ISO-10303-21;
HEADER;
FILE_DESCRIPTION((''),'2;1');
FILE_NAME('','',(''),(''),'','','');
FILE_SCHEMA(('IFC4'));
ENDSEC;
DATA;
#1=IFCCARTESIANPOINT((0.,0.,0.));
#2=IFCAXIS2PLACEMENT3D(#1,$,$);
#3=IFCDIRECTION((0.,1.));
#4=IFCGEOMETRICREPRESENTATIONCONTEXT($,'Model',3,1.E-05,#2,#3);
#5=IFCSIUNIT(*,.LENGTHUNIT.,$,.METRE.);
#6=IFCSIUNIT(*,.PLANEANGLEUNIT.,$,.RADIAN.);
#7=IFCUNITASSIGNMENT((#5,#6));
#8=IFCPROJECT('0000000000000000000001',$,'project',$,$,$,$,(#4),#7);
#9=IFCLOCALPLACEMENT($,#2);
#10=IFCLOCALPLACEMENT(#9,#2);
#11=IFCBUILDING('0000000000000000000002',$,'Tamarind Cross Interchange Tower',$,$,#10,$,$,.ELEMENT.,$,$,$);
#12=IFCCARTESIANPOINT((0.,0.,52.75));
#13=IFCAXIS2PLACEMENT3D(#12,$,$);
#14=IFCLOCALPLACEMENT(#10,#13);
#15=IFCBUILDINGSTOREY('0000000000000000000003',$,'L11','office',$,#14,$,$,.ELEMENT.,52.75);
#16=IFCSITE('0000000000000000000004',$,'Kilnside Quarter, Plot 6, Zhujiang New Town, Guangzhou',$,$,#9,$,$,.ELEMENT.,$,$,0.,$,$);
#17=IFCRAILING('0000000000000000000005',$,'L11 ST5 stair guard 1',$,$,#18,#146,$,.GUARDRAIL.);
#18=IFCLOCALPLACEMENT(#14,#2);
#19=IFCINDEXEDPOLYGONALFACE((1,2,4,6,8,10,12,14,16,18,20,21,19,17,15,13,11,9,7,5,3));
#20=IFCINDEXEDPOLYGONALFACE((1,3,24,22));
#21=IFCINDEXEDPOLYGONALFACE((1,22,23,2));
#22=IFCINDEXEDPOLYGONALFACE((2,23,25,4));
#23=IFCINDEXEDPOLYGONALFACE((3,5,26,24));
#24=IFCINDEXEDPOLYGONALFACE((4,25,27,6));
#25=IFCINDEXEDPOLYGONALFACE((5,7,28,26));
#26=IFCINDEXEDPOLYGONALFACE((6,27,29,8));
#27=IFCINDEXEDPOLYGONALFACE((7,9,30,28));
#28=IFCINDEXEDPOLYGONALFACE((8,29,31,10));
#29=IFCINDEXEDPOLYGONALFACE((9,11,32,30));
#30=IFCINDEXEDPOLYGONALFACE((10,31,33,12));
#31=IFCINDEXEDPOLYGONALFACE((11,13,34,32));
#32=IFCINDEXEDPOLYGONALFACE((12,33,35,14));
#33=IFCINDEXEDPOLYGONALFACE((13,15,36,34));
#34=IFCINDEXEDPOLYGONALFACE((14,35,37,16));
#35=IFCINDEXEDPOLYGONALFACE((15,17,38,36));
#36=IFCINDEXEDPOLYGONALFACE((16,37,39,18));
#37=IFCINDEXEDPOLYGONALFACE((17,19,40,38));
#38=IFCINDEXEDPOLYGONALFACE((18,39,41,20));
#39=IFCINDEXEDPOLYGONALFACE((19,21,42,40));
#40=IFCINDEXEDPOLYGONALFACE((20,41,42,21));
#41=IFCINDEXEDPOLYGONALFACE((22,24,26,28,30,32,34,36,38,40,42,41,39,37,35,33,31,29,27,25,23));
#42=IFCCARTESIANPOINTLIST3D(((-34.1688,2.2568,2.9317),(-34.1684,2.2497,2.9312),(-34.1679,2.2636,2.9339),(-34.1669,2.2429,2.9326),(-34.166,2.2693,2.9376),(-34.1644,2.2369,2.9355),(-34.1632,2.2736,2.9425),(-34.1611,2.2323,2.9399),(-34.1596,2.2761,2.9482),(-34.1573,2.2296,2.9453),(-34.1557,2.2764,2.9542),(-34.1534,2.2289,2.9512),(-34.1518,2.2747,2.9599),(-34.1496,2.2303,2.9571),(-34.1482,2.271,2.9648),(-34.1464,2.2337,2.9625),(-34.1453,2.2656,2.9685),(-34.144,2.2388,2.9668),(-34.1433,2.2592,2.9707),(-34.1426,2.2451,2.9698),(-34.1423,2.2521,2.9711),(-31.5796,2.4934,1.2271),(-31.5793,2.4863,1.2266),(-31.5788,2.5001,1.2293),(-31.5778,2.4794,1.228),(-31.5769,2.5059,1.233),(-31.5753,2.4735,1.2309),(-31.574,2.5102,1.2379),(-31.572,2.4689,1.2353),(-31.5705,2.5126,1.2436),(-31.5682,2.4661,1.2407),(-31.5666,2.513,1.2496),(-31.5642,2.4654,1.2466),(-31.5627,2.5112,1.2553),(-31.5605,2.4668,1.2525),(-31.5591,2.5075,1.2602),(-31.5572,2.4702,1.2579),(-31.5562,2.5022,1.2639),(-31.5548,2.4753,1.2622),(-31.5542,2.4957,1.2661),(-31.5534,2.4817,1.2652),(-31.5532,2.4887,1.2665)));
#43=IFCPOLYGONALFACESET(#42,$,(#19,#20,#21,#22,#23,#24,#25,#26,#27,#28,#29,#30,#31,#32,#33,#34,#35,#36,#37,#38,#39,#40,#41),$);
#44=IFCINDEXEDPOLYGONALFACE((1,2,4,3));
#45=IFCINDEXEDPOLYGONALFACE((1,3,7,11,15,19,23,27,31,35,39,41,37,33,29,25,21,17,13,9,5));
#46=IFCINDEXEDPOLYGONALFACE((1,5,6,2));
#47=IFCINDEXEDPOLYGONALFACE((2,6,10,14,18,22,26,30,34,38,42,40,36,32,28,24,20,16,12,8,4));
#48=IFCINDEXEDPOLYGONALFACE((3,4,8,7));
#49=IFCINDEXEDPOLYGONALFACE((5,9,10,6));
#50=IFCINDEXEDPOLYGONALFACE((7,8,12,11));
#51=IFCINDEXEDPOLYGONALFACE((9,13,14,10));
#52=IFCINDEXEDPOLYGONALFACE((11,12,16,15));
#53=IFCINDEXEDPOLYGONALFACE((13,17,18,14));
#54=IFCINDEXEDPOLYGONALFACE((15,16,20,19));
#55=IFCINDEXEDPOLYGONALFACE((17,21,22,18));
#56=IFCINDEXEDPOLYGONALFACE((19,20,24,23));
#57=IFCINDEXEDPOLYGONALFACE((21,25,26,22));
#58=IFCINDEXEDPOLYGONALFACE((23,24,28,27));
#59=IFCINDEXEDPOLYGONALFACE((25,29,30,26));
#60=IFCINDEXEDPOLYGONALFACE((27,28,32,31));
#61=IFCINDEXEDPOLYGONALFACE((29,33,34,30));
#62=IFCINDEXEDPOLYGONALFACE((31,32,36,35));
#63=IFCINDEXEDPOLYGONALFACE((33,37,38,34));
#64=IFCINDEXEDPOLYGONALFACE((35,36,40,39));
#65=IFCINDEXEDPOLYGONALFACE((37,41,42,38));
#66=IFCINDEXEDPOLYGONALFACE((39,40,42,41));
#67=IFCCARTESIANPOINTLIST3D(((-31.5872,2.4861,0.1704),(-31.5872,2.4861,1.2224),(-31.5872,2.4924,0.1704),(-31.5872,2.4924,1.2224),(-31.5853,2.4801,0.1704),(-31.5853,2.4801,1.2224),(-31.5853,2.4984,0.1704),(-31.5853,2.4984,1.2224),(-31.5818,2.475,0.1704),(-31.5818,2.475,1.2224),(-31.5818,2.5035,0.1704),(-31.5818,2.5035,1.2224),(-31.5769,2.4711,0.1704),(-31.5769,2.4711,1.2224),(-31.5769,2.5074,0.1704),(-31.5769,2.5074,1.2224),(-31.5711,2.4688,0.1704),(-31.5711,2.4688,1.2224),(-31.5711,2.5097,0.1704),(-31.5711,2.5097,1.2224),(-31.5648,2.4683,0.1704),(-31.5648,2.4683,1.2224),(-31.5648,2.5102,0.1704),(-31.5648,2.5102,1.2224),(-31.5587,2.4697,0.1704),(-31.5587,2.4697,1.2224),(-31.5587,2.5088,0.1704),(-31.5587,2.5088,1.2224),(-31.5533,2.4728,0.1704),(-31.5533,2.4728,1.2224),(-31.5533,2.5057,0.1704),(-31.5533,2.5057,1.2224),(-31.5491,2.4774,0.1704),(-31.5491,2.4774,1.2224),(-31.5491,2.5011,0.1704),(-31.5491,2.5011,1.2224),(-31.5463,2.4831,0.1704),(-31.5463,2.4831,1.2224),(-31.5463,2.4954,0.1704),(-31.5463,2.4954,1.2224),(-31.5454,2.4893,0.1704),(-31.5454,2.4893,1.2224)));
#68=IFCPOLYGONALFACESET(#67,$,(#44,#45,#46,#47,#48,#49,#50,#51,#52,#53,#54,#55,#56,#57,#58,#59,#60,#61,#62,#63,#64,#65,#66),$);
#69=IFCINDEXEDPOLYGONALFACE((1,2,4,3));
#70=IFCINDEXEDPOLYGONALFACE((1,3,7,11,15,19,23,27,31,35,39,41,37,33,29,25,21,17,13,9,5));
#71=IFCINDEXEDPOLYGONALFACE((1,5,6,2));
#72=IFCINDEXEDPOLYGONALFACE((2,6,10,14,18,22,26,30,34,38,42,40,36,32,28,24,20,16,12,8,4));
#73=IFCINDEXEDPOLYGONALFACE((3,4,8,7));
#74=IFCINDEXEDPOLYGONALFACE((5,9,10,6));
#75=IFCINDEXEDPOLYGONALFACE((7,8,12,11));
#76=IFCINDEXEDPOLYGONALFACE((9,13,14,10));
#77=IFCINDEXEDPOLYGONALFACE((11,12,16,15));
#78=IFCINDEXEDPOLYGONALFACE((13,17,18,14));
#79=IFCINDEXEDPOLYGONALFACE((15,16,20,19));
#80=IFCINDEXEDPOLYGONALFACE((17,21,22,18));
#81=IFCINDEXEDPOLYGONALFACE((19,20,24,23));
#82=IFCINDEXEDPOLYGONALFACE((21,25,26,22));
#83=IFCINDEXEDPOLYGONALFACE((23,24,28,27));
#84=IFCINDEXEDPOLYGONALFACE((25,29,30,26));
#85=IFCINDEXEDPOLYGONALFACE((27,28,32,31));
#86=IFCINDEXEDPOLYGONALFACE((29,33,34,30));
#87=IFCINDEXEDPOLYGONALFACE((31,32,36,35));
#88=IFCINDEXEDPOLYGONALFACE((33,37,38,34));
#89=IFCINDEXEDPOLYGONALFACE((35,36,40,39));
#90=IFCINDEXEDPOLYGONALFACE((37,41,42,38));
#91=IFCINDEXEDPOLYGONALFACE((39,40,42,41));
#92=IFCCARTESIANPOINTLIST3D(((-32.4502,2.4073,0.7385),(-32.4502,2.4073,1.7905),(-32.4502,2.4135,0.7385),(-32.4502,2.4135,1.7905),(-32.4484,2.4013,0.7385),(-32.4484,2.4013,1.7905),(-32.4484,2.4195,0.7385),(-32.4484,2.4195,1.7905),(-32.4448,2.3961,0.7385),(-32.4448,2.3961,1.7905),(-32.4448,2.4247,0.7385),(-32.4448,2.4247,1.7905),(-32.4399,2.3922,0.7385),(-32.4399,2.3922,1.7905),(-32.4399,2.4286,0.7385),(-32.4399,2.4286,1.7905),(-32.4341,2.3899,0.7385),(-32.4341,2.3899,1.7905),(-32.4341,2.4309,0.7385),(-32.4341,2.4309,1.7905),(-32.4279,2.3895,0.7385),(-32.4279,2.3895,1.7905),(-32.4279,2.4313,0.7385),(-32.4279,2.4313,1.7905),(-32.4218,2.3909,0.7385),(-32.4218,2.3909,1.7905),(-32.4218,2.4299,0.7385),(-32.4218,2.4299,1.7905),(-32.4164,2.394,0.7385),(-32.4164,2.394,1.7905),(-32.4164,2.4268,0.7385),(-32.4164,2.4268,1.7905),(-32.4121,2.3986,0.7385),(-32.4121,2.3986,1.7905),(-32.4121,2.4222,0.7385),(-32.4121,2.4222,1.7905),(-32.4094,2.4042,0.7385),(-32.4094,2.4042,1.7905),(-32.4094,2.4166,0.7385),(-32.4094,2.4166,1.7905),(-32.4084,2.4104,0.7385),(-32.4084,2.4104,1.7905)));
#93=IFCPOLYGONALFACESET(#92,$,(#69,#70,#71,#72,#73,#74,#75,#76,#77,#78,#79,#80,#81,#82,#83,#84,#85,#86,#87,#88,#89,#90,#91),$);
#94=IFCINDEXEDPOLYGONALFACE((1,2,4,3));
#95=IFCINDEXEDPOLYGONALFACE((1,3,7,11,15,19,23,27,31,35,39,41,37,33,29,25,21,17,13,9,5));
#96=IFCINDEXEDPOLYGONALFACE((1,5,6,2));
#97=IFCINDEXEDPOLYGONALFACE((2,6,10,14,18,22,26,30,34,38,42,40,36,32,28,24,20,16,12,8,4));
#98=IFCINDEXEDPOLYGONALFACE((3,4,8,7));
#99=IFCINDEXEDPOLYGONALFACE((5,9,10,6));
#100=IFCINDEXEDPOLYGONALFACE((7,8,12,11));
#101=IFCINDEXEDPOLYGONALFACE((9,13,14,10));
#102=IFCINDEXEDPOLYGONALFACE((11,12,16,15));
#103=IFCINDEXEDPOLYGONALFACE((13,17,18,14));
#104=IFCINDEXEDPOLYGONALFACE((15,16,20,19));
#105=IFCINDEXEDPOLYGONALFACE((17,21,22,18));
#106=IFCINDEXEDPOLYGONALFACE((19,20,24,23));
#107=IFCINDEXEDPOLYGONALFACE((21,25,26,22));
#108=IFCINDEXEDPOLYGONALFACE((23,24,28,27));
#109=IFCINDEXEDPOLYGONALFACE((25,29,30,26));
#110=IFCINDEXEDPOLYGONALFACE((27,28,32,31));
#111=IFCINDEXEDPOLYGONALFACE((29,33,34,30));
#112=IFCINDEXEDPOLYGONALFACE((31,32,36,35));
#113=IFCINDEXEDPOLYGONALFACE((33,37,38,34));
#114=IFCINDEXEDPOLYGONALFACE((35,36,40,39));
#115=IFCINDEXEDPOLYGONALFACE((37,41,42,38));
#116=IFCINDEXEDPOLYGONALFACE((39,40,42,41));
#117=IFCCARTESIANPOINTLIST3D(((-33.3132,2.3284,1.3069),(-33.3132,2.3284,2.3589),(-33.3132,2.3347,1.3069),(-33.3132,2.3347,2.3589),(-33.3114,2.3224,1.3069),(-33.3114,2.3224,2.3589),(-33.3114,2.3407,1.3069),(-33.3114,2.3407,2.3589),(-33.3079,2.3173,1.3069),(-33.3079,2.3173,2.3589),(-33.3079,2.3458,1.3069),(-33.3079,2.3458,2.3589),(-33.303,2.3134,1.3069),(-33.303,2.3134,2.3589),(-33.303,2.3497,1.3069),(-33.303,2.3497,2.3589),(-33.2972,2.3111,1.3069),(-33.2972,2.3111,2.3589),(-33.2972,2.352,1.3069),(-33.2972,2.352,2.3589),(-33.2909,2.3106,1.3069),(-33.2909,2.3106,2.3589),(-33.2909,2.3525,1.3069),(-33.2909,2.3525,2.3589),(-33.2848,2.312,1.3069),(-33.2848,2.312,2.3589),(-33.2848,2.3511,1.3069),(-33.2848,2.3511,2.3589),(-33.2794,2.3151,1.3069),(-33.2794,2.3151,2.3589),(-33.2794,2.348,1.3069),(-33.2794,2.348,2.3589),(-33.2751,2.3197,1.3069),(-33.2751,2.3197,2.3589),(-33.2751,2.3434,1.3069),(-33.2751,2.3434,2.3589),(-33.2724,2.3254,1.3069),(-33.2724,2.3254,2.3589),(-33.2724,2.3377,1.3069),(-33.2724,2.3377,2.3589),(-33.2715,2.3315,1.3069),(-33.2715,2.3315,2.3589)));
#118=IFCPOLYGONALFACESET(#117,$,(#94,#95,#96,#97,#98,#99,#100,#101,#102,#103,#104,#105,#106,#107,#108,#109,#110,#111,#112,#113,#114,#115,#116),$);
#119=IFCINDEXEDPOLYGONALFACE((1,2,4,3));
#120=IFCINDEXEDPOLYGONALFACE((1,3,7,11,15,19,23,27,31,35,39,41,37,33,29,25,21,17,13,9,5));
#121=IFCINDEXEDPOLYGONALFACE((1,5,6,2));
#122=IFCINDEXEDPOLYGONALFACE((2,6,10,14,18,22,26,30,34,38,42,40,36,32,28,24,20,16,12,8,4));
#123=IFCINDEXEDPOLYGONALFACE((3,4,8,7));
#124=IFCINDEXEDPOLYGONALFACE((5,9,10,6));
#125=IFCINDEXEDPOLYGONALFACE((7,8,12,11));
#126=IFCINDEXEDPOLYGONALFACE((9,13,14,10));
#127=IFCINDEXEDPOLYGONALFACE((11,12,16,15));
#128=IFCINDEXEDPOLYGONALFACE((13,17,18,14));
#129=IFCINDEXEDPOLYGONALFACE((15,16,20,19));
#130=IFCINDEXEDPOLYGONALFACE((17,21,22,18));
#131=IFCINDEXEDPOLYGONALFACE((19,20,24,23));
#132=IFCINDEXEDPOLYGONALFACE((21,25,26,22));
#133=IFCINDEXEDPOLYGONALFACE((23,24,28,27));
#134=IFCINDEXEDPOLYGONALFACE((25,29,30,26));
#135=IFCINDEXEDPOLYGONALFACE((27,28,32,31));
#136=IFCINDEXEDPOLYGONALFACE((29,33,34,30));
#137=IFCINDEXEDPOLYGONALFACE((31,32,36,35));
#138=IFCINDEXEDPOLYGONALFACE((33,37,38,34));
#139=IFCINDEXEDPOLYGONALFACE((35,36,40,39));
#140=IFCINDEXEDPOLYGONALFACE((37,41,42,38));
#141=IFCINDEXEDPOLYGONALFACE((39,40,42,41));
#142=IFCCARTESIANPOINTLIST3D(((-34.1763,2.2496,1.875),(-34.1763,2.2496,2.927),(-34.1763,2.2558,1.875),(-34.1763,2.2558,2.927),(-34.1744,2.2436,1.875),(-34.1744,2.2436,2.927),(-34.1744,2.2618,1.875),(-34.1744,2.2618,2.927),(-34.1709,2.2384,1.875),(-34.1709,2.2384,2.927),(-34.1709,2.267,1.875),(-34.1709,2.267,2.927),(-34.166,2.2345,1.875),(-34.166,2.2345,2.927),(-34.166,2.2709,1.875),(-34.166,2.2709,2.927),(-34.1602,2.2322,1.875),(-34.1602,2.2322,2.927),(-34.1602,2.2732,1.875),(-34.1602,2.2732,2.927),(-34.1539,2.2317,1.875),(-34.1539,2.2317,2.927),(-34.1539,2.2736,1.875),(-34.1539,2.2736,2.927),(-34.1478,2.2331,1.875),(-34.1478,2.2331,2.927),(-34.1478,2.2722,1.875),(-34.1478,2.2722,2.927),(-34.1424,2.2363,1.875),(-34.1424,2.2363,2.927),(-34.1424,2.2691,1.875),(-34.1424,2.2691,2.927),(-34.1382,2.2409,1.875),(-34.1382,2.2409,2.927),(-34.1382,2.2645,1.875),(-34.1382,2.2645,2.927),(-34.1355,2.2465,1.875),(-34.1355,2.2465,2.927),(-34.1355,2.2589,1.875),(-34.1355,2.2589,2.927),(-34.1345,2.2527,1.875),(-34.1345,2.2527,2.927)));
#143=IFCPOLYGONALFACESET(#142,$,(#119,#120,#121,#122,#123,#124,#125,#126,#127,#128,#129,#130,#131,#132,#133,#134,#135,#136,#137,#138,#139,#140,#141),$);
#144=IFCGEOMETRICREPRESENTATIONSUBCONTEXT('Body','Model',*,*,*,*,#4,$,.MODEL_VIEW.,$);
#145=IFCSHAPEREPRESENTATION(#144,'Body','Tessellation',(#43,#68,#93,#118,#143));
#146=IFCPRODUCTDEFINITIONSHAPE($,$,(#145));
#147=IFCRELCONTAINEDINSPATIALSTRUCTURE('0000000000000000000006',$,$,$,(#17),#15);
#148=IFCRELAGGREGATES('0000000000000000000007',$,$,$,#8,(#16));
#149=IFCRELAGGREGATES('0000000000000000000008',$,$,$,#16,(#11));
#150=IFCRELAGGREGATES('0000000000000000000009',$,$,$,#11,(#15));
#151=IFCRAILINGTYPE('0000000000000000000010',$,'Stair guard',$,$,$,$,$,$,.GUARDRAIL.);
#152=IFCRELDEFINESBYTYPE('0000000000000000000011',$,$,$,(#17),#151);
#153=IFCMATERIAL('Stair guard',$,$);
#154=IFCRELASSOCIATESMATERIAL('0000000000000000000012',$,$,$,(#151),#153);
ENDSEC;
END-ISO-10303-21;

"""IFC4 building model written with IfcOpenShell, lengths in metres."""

from ifc_helpers import new_model, si_unit, direction, frame, origin, origin_2d, place, context, subcontext, project, spatial, circle, extrude, material, type_object, element, save


model = new_model("IFC4")

# Units and contexts
model_context = context("Model", 3, precision=1e-05, world=origin(), true_north=direction((0.0, 1.0)))
body_context = subcontext(model_context, "Body", "Model", "MODEL_VIEW")
ifc_project = project(units=[si_unit("LENGTHUNIT", "METRE"), si_unit("PLANEANGLEUNIT", "RADIAN")], contexts=[model_context])

# Site, building, storey
site_placement = place(None, origin())
site = spatial("IfcSite", under=ifc_project, at=site_placement, Name="Kilnside Quarter, Plot 6, Zhujiang New Town, Guangzhou", CompositionType="ELEMENT", RefElevation=0.0)
building_placement = place(site_placement, origin())
building = spatial("IfcBuilding", under=site, at=building_placement, Name="Tamarind Cross Interchange Tower", CompositionType="ELEMENT")
storey_placement = place(building_placement, frame((0.0, 0.0, 52.75)))
storey = spatial("IfcBuildingStorey", under=building, at=storey_placement, Name="L11", Description="office", CompositionType="ELEMENT", Elevation=52.75)

# Railing
ifc_material_1 = material(Name="Stair guard")
railing_type_1 = type_object("IfcRailingType", Name="Stair guard", PredefinedType="GUARDRAIL", material=ifc_material_1)
railing_1_placement = place(storey_placement, frame((-31.5664, 2.4893, 0.1704)))
element("IfcRailing", 1, at=railing_1_placement, inside=storey, type_object=railing_type_1, Name="L11 ST5 stair guard 1", PredefinedType="GUARDRAIL", context=body_context, shape_type="SweptSolid", body=[
    extrude(circle(Radius=0.0239, at=origin_2d()), frame((0.0, 0.0, 1.0762), z_axis=(-0.832814, -0.076096, 0.548298), x_axis=(0.090993, -0.995852, 0.0)), (0.0, 0.0, 1.0), 3.1089),
    extrude(circle(Radius=0.021, at=origin_2d()), origin(), (0.0, 0.0, 1.0), 1.052),
    extrude(circle(Radius=0.021, at=origin_2d()), frame((-0.863, -0.0789, 0.5681)), (0.0, 0.0, 1.0), 1.052),
    extrude(circle(Radius=0.021, at=origin_2d()), frame((-1.7261, -0.1577, 1.1365)), (0.0, 0.0, 1.0), 1.052),
    extrude(circle(Radius=0.021, at=origin_2d()), frame((-2.5891, -0.2366, 1.7046)), (0.0, 0.0, 1.0), 1.052),
])

save(model, "model.ifc")
